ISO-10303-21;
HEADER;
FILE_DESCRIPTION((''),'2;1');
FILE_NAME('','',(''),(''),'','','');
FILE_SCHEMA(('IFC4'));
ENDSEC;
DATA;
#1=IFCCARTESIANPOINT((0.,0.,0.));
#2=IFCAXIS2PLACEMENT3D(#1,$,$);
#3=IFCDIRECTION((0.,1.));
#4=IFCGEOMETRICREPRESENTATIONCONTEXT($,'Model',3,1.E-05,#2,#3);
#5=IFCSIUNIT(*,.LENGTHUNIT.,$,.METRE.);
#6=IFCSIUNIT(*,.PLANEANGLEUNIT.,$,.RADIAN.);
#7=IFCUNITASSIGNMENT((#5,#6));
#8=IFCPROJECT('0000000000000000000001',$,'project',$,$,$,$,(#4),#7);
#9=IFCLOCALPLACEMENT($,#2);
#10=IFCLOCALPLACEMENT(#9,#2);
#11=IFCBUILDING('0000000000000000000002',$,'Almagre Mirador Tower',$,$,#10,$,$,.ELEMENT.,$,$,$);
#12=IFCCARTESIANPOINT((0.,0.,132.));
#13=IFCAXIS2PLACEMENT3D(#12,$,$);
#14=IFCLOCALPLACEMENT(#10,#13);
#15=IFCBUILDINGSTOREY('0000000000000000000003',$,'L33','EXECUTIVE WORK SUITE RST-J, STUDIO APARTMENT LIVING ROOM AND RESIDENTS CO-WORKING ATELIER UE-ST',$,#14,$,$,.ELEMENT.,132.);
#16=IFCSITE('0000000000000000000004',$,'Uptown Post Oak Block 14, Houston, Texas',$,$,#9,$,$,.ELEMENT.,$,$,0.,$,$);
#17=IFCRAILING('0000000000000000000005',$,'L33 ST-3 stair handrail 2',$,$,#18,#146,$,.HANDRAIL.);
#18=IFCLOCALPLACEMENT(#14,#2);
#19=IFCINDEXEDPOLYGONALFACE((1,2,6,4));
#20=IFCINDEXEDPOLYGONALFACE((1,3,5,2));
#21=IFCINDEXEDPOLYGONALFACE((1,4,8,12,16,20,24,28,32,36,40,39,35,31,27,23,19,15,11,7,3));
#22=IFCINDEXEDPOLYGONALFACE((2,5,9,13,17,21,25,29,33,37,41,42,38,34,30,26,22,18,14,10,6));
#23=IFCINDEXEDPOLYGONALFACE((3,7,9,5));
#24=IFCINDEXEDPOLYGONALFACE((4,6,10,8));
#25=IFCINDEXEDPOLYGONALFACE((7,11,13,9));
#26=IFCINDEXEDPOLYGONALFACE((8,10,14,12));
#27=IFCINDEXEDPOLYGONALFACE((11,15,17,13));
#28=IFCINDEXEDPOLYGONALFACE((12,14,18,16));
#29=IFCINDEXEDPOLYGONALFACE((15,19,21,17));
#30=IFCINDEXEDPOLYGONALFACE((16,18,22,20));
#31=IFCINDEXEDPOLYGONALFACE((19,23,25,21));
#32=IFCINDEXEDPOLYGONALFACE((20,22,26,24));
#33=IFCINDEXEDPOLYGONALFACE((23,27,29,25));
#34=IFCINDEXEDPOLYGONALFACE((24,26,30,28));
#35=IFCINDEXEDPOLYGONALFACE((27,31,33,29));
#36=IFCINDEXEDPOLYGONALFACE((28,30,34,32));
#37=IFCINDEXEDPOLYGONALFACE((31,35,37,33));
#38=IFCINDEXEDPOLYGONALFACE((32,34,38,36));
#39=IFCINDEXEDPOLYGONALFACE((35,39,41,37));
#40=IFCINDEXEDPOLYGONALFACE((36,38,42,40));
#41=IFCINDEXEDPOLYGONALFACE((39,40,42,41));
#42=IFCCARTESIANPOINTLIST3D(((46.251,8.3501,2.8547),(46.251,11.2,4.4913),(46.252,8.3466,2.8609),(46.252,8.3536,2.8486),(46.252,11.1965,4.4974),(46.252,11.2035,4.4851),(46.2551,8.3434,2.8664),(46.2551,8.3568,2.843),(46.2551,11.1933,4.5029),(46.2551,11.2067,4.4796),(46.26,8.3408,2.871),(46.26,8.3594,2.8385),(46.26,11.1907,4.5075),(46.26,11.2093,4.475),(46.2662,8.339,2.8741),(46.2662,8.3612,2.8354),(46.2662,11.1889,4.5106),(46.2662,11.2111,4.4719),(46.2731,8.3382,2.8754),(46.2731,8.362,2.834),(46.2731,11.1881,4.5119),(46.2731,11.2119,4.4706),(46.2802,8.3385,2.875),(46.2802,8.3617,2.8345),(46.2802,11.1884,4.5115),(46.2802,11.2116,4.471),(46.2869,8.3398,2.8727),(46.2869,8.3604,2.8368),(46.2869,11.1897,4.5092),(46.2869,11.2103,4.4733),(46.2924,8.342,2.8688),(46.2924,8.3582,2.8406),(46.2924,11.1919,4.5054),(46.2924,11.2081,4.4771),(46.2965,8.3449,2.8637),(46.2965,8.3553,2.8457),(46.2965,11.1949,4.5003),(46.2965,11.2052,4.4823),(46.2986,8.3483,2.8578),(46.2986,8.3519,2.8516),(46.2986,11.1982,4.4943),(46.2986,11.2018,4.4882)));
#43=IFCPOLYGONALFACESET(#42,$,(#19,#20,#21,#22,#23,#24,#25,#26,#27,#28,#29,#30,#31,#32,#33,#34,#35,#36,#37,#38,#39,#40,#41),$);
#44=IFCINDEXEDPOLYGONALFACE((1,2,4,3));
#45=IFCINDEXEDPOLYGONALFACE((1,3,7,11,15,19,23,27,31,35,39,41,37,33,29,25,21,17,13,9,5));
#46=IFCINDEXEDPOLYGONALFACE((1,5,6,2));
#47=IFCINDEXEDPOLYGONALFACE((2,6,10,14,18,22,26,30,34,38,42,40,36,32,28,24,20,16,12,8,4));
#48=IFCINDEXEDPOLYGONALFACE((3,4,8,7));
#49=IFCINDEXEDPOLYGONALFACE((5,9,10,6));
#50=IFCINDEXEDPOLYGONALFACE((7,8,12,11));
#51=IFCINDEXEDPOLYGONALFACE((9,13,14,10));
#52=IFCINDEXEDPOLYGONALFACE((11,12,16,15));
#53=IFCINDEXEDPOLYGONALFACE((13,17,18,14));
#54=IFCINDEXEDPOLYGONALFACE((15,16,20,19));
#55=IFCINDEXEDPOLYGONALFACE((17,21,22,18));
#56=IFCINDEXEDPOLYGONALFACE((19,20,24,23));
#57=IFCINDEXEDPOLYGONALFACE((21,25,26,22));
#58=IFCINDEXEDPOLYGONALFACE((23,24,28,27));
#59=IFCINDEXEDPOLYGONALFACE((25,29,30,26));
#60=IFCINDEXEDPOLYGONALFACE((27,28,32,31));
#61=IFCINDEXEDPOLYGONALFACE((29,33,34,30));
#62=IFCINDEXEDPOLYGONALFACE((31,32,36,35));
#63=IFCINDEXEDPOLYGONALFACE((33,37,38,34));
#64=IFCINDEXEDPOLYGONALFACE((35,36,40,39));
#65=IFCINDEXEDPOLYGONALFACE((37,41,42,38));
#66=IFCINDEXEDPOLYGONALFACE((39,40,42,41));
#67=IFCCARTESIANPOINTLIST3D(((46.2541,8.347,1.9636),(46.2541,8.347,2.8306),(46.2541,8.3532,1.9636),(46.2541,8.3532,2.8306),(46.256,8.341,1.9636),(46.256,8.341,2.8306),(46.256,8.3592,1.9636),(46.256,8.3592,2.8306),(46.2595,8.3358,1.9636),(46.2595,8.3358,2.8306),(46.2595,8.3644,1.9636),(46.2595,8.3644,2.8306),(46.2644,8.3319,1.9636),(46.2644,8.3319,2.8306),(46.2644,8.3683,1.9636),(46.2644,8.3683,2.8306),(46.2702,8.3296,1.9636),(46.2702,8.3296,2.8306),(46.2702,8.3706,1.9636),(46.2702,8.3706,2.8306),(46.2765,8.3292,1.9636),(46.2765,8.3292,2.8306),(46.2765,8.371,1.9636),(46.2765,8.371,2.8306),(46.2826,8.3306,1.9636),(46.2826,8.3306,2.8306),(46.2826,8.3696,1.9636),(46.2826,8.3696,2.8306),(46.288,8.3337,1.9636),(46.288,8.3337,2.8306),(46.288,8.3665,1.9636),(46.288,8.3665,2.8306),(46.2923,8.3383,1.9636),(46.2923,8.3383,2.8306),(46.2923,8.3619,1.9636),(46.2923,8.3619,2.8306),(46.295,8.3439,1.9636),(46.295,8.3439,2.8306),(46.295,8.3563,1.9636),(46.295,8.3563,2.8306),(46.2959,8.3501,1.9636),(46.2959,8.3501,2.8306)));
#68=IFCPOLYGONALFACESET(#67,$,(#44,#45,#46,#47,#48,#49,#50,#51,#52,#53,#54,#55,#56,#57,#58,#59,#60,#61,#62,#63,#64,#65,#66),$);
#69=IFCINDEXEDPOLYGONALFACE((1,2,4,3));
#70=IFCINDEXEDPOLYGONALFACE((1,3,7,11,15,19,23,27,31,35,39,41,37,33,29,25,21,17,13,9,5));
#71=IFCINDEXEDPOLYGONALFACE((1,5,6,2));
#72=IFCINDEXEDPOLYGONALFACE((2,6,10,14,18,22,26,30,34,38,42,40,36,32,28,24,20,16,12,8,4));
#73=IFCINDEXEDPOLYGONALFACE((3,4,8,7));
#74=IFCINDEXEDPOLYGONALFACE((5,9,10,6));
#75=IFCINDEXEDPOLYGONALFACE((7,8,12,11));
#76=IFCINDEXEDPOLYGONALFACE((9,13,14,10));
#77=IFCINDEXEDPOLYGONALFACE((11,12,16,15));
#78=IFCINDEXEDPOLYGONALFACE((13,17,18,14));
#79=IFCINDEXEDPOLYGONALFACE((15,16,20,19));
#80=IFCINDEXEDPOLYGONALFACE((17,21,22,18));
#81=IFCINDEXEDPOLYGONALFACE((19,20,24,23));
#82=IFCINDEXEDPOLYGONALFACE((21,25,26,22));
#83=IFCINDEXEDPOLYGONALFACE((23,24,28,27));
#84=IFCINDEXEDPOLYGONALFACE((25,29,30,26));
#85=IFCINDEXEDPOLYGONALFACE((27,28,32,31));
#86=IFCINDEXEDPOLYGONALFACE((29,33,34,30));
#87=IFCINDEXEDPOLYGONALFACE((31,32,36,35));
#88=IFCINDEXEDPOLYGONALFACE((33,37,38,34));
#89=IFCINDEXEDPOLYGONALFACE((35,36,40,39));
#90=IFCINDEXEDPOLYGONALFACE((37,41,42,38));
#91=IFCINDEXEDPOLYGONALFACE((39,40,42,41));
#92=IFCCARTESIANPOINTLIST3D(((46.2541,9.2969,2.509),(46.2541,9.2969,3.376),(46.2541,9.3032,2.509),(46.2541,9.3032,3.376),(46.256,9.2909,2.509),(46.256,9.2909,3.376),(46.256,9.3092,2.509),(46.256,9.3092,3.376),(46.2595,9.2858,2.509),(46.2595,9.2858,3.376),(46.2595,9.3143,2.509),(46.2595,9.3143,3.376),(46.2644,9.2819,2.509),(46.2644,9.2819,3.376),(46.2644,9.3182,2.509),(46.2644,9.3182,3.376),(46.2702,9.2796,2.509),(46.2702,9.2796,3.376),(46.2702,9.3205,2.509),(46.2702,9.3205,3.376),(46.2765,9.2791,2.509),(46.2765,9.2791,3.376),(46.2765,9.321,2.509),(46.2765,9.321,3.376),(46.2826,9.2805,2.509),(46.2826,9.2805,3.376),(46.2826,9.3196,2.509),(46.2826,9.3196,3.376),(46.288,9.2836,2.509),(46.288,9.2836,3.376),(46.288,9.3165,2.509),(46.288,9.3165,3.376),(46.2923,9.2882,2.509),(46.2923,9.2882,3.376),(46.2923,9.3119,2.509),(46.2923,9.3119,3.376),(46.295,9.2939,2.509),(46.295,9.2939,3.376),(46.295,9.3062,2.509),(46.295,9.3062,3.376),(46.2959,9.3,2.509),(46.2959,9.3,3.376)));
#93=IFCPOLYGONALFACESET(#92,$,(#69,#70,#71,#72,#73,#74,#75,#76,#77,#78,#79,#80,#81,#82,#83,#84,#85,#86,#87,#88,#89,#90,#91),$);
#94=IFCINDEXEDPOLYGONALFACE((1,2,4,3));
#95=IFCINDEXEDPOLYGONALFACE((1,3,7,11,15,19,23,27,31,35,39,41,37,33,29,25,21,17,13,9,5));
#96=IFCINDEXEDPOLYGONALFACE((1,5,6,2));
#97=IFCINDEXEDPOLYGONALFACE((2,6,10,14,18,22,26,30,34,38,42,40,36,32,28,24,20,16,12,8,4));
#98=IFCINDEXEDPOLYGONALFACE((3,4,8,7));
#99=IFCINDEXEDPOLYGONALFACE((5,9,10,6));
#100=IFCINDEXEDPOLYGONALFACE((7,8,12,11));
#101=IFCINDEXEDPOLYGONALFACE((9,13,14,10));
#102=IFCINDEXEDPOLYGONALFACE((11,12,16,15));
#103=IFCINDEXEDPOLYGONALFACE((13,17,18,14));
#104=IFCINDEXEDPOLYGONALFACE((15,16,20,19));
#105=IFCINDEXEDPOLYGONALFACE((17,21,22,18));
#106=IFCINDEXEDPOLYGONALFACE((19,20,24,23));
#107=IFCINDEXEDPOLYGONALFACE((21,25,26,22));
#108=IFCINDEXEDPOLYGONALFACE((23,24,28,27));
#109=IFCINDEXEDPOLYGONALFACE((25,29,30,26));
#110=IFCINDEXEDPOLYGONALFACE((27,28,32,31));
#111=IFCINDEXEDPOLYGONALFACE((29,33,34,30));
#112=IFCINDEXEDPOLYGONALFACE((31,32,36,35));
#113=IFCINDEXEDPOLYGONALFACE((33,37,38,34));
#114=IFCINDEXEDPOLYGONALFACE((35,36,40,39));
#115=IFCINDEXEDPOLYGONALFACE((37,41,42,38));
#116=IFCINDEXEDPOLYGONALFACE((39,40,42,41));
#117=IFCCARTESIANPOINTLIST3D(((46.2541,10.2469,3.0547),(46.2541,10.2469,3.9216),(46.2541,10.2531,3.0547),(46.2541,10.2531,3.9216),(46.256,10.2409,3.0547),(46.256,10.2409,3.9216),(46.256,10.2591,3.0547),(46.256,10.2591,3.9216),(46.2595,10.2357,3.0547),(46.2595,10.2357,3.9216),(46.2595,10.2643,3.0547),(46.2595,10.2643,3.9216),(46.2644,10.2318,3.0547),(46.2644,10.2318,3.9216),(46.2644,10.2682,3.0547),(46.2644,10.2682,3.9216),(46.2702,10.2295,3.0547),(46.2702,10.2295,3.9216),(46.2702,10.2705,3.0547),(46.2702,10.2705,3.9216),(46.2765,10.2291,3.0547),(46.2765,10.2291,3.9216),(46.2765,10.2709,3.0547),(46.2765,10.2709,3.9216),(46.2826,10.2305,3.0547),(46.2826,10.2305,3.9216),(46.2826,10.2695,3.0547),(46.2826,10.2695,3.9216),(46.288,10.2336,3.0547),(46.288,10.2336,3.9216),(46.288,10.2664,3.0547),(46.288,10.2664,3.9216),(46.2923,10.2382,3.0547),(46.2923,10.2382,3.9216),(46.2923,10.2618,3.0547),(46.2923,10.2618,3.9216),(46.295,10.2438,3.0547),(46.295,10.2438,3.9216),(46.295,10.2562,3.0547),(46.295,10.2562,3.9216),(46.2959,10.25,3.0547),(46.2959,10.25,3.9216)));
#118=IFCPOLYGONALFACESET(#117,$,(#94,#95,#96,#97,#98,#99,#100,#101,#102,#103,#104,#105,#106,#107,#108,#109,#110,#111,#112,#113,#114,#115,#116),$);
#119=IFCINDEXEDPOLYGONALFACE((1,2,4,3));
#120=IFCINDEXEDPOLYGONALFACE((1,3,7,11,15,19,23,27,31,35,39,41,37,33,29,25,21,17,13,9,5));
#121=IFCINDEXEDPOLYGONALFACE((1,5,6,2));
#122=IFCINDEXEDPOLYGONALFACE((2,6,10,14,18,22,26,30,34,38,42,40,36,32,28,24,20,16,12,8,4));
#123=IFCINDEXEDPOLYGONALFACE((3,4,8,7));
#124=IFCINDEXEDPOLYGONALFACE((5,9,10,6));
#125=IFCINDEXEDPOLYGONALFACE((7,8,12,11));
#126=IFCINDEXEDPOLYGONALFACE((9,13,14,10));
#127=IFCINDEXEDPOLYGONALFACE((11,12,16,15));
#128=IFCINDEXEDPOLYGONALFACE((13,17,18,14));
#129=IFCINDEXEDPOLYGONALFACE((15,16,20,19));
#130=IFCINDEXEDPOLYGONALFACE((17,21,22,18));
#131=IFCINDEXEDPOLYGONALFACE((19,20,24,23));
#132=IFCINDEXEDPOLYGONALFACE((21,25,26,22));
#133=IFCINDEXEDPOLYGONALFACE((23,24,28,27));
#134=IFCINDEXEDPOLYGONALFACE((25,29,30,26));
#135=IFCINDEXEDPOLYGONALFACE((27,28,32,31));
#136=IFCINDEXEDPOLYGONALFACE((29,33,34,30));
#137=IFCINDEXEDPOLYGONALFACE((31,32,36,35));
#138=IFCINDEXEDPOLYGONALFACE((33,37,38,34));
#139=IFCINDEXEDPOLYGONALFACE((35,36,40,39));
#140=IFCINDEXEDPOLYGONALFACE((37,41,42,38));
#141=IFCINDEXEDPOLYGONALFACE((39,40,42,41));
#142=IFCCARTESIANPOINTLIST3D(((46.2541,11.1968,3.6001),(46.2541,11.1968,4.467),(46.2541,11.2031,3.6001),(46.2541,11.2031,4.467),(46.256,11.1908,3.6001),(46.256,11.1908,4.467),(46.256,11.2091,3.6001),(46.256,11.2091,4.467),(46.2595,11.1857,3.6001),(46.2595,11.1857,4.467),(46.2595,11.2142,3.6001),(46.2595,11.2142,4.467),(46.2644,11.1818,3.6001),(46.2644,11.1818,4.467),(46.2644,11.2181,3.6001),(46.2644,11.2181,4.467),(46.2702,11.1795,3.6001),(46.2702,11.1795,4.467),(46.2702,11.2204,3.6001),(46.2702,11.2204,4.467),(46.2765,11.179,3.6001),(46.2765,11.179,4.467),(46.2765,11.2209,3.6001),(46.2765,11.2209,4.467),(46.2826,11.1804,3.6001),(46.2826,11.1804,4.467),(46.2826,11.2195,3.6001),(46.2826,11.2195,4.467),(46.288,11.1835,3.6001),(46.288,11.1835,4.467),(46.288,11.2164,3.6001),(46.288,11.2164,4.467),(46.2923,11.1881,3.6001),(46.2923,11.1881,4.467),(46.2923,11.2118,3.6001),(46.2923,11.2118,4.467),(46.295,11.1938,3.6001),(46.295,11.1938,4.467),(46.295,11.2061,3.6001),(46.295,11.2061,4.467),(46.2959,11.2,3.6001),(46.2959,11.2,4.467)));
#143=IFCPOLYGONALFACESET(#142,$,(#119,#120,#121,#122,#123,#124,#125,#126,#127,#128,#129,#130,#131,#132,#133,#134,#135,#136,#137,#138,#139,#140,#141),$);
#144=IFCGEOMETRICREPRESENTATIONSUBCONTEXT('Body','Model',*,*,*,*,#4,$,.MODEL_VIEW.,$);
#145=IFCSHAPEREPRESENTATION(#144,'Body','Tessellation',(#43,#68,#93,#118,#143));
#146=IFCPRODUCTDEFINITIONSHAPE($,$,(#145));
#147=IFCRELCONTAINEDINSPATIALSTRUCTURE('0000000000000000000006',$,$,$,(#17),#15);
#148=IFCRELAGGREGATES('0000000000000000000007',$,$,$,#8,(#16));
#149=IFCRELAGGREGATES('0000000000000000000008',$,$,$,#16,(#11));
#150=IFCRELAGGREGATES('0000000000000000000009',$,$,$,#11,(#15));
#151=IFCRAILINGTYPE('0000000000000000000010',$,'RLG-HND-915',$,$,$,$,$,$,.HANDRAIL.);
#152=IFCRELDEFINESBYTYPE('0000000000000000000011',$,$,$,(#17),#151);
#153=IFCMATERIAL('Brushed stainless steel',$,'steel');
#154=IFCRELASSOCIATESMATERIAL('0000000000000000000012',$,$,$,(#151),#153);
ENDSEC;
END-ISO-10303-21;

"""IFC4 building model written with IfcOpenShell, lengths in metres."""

from ifc_helpers import new_model, si_unit, direction, frame, origin, origin_2d, place, context, subcontext, project, spatial, circle, extrude, material, type_object, element, save


model = new_model("IFC4")

# Units and contexts
model_context = context("Model", 3, precision=1e-05, world=origin(), true_north=direction((0.0, 1.0)))
body_context = subcontext(model_context, "Body", "Model", "MODEL_VIEW")
ifc_project = project(units=[si_unit("LENGTHUNIT", "METRE"), si_unit("PLANEANGLEUNIT", "RADIAN")], contexts=[model_context])

# Site, building, storey
site_placement = place(None, origin())
site = spatial("IfcSite", under=ifc_project, at=site_placement, Name="Uptown Post Oak Block 14, Houston, Texas", CompositionType="ELEMENT", RefElevation=0.0)
building_placement = place(site_placement, origin())
building = spatial("IfcBuilding", under=site, at=building_placement, Name="Almagre Mirador Tower", CompositionType="ELEMENT")
storey_placement = place(building_placement, frame((0.0, 0.0, 132.0)))
storey = spatial("IfcBuildingStorey", under=building, at=storey_placement, Name="L33", Description="EXECUTIVE WORK SUITE RST-J, STUDIO APARTMENT LIVING ROOM AND RESIDENTS CO-WORKING ATELIER UE-ST", CompositionType="ELEMENT", Elevation=132.0)

# Railing
ifc_material_1 = material(Name="Brushed stainless steel", Category="steel")
railing_type_1 = type_object("IfcRailingType", Name="RLG-HND-915", PredefinedType="HANDRAIL", material=ifc_material_1)
railing_1_placement = place(storey_placement, frame((46.2749, 8.3501, 1.9636)))
element("IfcRailing", 1, at=railing_1_placement, inside=storey, type_object=railing_type_1, Name="L33 ST-3 stair handrail 2", PredefinedType="HANDRAIL", context=body_context, shape_type="SweptSolid", body=[
    extrude(circle(Radius=0.0239, at=origin_2d()), frame((0.0, 0.0, 0.8911), z_axis=(0.0, 0.867194, 0.49797), x_axis=(-1.0, 0.0, 0.0)), (0.0, 0.0, 1.0), 3.2864),
    extrude(circle(Radius=0.021, at=origin_2d()), origin(), (0.0, 0.0, 1.0), 0.8669),
    extrude(circle(Radius=0.021, at=origin_2d()), frame((0.0, 0.95, 0.5454)), (0.0, 0.0, 1.0), 0.8669),
    extrude(circle(Radius=0.021, at=origin_2d()), frame((0.0, 1.8999, 1.0911)), (0.0, 0.0, 1.0), 0.8669),
    extrude(circle(Radius=0.021, at=origin_2d()), frame((0.0, 2.8499, 1.6365)), (0.0, 0.0, 1.0), 0.8669),
])

save(model, "model.ifc")
